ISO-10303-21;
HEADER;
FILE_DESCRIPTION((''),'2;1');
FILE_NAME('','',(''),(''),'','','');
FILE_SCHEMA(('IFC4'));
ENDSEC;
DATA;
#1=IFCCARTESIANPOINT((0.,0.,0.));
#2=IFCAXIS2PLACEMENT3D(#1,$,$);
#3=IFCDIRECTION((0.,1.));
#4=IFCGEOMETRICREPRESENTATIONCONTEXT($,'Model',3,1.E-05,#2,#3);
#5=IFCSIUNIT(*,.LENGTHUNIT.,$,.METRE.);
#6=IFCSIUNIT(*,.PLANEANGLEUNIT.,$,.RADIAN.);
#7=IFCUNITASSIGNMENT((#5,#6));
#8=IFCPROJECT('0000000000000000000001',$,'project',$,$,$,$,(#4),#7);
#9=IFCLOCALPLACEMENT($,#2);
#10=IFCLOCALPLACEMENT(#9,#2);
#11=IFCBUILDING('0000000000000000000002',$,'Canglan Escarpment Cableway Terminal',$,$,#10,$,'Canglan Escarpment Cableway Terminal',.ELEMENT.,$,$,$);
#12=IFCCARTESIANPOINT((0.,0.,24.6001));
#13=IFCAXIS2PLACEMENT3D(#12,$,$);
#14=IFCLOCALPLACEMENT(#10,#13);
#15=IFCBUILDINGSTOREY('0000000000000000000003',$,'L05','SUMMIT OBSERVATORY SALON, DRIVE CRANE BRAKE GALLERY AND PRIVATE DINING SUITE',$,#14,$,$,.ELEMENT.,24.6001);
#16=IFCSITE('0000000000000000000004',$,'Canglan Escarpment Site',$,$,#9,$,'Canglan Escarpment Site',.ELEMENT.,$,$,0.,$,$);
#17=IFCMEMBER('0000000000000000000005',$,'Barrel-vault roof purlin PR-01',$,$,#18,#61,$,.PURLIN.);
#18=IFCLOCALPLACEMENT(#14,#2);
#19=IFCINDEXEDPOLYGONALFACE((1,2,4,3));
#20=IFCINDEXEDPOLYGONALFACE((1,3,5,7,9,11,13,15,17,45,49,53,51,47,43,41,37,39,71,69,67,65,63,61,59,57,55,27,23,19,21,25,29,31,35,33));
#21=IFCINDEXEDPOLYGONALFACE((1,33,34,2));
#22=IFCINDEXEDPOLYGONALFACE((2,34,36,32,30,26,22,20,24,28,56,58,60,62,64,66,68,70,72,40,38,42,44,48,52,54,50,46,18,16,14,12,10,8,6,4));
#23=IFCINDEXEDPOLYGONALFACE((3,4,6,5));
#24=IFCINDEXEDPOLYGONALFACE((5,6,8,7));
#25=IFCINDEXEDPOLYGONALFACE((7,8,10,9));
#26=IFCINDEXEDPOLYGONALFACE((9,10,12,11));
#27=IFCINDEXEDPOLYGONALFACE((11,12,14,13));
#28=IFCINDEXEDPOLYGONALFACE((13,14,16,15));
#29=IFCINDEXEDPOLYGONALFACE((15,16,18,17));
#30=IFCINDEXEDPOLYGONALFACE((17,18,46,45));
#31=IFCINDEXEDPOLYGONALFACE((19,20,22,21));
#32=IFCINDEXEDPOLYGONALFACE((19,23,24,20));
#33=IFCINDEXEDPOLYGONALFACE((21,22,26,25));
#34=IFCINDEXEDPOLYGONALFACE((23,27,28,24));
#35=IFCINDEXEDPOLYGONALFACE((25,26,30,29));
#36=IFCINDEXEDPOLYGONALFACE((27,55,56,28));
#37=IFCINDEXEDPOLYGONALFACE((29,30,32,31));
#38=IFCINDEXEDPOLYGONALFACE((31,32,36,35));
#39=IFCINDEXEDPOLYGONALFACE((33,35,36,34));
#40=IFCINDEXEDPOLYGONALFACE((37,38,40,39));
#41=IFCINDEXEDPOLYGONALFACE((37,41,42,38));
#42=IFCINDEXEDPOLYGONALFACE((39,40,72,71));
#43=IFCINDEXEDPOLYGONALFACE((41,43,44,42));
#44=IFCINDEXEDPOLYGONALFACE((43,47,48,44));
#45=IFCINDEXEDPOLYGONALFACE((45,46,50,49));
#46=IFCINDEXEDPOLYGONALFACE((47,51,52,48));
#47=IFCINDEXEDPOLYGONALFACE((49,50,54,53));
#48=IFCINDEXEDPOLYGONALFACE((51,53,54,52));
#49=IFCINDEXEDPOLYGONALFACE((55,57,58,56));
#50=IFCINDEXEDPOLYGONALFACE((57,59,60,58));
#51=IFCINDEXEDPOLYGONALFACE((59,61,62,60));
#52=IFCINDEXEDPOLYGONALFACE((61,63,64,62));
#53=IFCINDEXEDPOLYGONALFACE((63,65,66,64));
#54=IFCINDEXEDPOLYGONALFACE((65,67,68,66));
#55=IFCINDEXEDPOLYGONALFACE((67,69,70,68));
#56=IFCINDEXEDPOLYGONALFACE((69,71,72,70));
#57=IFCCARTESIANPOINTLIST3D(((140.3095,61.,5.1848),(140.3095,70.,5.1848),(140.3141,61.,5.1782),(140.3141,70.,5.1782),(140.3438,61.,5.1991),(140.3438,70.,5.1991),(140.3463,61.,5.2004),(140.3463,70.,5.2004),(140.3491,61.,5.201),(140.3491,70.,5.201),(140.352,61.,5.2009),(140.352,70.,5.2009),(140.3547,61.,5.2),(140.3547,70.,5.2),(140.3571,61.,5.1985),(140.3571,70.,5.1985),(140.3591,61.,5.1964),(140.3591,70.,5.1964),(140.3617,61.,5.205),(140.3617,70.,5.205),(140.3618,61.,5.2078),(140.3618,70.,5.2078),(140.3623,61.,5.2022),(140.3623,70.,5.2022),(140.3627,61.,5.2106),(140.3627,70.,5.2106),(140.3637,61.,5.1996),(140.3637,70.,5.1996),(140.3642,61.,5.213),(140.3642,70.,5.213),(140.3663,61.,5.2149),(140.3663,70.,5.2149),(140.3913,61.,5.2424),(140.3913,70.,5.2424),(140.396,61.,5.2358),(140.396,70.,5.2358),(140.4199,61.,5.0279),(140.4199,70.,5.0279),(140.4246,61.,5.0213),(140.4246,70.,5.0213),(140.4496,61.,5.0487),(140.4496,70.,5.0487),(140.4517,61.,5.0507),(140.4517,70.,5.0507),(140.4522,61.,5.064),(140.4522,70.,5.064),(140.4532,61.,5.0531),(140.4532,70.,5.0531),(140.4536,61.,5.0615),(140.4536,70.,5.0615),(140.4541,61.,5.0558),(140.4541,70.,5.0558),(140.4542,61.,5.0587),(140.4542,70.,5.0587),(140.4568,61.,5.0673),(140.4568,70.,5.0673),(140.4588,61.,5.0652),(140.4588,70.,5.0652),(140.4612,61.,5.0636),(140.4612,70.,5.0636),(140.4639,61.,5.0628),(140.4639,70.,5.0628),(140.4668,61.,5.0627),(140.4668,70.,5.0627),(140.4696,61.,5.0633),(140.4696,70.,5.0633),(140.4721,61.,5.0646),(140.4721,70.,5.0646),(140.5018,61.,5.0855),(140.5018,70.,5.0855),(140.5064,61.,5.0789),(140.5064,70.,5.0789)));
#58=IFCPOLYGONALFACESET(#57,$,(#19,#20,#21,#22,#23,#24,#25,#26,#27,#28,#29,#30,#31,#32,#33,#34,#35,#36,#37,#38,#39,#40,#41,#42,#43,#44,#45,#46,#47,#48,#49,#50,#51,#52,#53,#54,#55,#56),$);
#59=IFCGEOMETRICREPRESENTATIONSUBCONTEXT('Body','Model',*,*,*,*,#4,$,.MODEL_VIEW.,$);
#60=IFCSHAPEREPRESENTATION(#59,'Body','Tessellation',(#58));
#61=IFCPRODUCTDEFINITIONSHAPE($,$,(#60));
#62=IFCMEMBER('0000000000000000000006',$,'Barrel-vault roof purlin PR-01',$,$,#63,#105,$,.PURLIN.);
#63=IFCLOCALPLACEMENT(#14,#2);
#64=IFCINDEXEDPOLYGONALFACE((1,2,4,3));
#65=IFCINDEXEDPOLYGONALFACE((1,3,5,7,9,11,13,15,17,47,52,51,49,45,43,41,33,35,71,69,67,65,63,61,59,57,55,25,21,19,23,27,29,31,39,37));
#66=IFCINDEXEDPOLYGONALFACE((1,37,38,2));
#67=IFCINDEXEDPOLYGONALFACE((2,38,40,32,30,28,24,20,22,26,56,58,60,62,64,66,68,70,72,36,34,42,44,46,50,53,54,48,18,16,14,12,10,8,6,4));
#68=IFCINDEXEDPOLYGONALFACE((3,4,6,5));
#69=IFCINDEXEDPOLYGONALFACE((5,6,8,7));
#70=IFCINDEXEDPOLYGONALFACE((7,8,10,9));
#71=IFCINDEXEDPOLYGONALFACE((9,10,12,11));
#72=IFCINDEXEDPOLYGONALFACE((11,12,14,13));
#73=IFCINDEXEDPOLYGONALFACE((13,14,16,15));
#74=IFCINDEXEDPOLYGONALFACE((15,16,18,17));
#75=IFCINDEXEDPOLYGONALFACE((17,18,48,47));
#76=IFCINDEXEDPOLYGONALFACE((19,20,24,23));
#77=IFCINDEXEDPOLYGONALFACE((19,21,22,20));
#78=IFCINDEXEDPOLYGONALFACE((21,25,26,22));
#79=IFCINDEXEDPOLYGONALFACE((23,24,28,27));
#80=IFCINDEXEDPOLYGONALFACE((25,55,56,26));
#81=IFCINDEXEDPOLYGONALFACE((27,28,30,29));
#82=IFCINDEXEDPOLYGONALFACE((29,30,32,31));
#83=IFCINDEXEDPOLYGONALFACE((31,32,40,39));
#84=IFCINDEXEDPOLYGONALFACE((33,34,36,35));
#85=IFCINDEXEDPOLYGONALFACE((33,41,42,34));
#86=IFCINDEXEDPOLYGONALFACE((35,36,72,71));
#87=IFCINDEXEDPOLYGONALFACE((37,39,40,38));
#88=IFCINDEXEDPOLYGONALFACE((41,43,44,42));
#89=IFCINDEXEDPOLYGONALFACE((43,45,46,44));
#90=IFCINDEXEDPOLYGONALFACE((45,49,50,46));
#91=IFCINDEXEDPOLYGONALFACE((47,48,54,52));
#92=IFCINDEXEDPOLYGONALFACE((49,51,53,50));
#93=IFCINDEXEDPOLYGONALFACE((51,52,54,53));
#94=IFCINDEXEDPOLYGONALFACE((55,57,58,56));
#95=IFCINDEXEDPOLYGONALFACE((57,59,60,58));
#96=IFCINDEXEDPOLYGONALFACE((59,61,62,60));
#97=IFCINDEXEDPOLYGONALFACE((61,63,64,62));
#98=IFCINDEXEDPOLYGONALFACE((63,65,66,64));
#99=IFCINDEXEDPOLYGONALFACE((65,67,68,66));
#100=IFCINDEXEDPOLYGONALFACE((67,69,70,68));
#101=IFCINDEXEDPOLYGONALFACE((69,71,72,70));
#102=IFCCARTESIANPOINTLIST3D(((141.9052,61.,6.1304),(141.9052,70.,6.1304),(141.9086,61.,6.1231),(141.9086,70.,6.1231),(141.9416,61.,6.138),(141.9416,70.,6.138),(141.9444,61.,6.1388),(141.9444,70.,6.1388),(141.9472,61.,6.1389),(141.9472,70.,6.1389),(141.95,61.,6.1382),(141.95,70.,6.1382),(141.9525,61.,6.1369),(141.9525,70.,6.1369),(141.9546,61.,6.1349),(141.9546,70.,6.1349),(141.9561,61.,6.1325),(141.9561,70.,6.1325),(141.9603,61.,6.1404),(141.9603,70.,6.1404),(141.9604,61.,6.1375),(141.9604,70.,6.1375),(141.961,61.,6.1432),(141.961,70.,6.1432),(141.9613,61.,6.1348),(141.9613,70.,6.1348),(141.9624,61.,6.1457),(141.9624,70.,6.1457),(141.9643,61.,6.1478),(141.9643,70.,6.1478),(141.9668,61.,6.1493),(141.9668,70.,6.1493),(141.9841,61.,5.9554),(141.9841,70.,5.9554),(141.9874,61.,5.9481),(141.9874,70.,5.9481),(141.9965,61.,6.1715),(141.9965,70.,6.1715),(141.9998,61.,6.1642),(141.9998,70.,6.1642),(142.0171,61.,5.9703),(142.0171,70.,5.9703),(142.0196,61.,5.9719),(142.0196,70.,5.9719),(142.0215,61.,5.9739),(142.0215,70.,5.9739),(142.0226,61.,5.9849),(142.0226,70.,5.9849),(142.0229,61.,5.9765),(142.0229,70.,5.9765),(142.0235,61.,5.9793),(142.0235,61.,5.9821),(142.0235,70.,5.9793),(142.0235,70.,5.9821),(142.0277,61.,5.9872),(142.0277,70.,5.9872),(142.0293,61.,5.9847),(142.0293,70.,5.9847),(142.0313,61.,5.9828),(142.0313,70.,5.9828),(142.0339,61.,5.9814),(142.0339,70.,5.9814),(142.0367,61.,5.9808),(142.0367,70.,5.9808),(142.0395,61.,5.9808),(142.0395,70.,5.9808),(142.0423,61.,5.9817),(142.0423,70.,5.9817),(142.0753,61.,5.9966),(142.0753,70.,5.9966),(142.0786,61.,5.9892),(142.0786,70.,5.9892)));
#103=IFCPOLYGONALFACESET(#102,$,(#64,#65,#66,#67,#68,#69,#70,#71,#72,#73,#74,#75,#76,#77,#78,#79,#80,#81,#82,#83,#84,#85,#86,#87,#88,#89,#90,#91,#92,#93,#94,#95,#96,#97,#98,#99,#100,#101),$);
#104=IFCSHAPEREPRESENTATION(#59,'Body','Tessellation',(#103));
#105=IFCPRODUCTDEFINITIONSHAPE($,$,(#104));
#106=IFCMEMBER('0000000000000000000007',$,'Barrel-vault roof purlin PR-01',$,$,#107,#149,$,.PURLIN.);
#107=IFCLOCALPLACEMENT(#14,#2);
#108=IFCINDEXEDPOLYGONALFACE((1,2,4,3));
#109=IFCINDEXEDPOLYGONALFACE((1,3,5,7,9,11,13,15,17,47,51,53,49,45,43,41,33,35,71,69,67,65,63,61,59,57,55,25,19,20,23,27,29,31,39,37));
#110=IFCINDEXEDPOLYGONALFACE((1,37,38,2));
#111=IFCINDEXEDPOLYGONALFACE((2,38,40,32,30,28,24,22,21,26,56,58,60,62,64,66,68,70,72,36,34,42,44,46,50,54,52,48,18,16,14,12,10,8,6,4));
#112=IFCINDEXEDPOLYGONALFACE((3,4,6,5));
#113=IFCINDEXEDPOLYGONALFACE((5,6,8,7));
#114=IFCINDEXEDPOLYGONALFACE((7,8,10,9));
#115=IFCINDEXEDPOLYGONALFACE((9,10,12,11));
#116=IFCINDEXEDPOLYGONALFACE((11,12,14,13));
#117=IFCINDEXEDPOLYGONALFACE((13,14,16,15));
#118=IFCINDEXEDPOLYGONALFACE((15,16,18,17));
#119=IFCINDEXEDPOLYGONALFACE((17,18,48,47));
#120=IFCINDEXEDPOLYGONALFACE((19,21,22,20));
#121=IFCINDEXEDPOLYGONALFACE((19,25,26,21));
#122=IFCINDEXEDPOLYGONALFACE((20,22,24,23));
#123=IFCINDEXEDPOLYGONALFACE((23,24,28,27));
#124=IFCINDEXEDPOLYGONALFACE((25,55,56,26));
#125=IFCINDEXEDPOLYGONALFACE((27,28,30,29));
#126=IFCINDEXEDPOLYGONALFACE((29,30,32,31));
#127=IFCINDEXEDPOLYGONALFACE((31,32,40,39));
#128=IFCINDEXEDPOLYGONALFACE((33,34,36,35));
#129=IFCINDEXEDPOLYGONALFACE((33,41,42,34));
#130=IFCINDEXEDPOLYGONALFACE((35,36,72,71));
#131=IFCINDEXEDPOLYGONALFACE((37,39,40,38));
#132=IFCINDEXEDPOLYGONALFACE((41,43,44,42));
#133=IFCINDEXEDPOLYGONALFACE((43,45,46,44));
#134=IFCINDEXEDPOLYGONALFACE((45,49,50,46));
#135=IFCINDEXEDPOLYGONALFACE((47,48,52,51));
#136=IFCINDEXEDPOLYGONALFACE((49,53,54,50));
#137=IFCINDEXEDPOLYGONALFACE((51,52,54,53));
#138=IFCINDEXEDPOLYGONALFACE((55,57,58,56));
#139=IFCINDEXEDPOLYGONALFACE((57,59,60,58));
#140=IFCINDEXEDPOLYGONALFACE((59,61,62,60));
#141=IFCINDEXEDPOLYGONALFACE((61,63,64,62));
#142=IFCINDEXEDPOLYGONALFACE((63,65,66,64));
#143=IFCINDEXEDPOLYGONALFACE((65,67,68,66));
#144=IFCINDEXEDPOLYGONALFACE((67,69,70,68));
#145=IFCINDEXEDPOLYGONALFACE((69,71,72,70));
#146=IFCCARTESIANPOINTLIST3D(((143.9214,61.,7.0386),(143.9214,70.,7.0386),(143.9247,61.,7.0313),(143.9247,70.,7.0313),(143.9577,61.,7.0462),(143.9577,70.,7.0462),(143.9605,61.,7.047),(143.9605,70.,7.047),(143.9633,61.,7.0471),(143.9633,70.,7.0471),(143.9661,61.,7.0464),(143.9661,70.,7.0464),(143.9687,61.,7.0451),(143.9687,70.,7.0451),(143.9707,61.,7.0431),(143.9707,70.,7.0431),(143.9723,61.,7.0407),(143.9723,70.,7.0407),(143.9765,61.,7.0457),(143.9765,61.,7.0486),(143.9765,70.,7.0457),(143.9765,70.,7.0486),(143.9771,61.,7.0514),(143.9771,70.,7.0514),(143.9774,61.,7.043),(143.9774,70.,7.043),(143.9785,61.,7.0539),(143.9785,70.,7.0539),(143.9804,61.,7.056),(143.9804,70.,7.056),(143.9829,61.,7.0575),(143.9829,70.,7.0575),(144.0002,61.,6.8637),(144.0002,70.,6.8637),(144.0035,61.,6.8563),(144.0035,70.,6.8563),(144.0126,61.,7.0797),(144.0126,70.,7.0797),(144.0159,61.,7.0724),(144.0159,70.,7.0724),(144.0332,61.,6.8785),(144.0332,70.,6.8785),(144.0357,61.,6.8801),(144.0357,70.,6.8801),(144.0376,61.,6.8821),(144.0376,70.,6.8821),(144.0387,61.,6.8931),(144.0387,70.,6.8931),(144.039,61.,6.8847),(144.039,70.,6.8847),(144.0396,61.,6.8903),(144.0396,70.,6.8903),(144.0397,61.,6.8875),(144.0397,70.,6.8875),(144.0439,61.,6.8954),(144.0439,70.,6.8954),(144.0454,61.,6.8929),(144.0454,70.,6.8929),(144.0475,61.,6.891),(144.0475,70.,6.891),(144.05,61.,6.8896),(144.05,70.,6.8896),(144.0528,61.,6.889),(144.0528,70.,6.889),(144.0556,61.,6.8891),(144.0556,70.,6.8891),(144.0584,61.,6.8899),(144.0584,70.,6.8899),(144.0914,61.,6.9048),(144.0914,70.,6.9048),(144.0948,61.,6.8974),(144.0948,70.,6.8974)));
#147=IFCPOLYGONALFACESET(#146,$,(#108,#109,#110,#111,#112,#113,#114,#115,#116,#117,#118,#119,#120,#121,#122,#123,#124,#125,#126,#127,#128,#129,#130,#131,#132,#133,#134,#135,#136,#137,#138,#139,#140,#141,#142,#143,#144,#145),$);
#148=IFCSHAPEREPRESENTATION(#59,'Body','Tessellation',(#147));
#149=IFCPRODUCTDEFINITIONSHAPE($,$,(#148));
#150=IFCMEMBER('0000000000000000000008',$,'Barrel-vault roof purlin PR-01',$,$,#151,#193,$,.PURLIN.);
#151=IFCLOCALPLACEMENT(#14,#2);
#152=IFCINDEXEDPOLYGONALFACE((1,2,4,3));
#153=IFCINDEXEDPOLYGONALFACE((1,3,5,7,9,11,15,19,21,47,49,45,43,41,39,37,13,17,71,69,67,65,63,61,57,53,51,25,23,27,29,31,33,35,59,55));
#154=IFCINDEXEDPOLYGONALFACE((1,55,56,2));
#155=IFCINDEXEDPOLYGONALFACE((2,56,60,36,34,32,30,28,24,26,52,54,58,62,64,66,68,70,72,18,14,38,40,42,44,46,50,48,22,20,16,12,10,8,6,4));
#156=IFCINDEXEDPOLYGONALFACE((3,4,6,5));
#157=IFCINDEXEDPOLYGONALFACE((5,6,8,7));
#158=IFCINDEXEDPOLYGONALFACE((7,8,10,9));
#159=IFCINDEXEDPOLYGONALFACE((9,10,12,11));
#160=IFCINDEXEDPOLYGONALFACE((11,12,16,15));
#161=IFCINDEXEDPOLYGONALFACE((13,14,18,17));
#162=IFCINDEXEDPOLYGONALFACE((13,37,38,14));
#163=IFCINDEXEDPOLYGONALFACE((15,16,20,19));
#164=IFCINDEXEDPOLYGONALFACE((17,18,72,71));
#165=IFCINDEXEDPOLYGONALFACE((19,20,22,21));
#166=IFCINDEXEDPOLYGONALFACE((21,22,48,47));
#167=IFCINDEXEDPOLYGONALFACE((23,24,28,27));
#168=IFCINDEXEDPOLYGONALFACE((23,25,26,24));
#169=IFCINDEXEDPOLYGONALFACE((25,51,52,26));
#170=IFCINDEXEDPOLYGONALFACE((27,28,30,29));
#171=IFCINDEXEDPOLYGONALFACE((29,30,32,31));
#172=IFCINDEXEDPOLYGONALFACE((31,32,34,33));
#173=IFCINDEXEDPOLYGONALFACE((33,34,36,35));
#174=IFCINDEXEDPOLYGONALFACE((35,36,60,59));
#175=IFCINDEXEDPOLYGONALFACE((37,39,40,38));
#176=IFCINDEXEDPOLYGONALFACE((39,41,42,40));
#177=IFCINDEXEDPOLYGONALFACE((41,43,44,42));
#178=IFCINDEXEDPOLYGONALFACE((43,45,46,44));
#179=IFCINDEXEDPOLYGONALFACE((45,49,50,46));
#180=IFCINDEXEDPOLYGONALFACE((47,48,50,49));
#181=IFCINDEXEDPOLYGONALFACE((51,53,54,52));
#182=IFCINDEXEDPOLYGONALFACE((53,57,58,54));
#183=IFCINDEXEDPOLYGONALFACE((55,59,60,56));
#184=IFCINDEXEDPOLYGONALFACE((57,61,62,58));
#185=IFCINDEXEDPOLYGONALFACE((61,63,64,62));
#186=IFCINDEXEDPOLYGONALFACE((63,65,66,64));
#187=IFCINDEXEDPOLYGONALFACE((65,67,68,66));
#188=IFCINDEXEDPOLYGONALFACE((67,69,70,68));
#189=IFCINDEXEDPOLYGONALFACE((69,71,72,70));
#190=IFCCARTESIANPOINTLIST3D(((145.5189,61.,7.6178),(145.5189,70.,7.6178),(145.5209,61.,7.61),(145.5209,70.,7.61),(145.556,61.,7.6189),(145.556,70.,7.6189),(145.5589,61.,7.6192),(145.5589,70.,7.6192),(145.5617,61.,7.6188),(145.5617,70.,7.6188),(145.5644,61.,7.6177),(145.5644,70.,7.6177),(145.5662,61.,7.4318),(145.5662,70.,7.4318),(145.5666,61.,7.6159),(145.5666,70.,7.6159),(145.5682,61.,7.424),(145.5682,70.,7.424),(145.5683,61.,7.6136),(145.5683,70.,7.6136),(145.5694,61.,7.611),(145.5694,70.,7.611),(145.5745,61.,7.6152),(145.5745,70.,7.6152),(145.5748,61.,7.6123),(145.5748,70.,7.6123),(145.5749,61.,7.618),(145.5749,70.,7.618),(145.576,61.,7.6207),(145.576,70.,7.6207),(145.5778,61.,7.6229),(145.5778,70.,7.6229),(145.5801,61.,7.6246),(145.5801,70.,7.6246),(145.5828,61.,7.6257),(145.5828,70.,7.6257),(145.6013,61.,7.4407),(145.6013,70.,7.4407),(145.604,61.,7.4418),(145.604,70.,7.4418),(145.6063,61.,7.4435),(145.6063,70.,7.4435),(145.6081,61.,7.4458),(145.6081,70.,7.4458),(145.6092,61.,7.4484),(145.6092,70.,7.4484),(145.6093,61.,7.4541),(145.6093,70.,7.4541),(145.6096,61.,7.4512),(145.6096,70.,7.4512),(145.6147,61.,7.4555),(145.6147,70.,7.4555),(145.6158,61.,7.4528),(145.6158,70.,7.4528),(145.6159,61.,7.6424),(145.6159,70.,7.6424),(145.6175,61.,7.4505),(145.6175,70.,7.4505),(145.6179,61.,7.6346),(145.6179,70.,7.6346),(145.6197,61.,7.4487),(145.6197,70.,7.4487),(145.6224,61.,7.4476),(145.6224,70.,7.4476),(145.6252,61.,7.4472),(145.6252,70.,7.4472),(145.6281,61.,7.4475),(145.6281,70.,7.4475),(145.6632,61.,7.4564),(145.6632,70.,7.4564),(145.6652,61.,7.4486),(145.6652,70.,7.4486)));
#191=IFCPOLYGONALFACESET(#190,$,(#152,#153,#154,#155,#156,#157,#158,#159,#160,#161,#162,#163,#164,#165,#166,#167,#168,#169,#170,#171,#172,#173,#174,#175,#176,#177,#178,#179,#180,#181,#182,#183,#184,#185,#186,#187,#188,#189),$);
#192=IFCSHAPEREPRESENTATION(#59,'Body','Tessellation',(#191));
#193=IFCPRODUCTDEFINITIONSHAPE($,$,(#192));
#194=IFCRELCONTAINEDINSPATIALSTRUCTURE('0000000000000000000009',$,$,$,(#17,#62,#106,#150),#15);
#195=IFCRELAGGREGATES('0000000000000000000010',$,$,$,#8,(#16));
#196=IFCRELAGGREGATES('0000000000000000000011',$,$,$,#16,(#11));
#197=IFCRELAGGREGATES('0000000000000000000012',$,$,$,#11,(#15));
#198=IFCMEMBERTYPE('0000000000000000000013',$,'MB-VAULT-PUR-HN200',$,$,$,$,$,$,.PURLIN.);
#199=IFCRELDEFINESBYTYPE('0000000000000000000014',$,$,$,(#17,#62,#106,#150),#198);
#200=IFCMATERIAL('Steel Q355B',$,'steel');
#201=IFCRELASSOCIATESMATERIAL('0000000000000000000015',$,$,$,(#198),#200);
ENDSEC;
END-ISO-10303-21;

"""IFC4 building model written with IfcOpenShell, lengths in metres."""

from ifc_helpers import new_model, si_unit, direction, frame, origin, origin_2d, place, context, subcontext, project, spatial, i_section, extrude, material, material_profile, profile_set, type_object, element, save


model = new_model("IFC4")

# Units and contexts
model_context = context("Model", 3, precision=1e-05, world=origin(), true_north=direction((0.0, 1.0)))
body_context = subcontext(model_context, "Body", "Model", "MODEL_VIEW")
ifc_project = project(units=[si_unit("LENGTHUNIT", "METRE"), si_unit("PLANEANGLEUNIT", "RADIAN")], contexts=[model_context])

# Site, building, storey
site_placement = place(None, origin())
site = spatial("IfcSite", under=ifc_project, at=site_placement, Name="Canglan Escarpment Site", LongName="Canglan Escarpment Site", CompositionType="ELEMENT", RefElevation=0.0)
building_placement = place(site_placement, origin())
building = spatial("IfcBuilding", under=site, at=building_placement, Name="Canglan Escarpment Cableway Terminal", LongName="Canglan Escarpment Cableway Terminal", CompositionType="ELEMENT")
storey_placement = place(building_placement, frame((0.0, 0.0, 24.6001)))
storey = spatial("IfcBuildingStorey", under=building, at=storey_placement, Name="L05", Description="SUMMIT OBSERVATORY SALON, DRIVE CRANE BRAKE GALLERY AND PRIVATE DINING SUITE", CompositionType="ELEMENT", Elevation=24.6001)

# Shared definitions
ifc_material_1 = material(Name="Steel Q355B", Category="steel")

# Members
ifc_material_profile_1 = material_profile(ifc_material_1, i_section(OverallWidth=0.1001, OverallDepth=0.2, WebThickness=0.0056, FlangeThickness=0.0081, FilletRadius=0.011, at=origin_2d()), Name="HN 200x100x5.5x8")
ifc_profile_set_1 = profile_set([ifc_material_profile_1], Name="Steel Q355B")
member_type_1 = type_object("IfcMemberType", Name="MB-VAULT-PUR-HN200", PredefinedType="PURLIN", material=ifc_profile_set_1)
for number, where, z_axis, x_axis, name in (
    (1, (140.408, 61.0, 5.1318), (0.0, 1.0, 0.0), (-0.817728, 0.0, -0.575605), "Barrel-vault roof purlin PR-01"),
    (2, (141.9919, 61.0, 6.0598), (0.0, 1.0, 0.0), (-0.911741, 0.0, -0.410767), "Barrel-vault roof purlin PR-01"),
    (3, (144.0081, 61.0, 6.968), (0.0, 1.0, 0.0), (-0.911741, 0.0, -0.410767), "Barrel-vault roof purlin PR-01"),
    (4, (145.592, 61.0, 7.5332), (0.0, 1.0, 0.0), (-0.969184, 0.0, -0.246339), "Barrel-vault roof purlin PR-01"),
):
    element("IfcMember", number, at=place(storey_placement, frame(where, z_axis=z_axis, x_axis=x_axis)), inside=storey, type_object=member_type_1, Name=name, PredefinedType="PURLIN", context=body_context, shape_type="SweptSolid", body=[
        extrude(i_section(OverallWidth=0.1001, OverallDepth=0.2, WebThickness=0.0056, FlangeThickness=0.0081, FilletRadius=0.011, at=origin_2d()), origin(), (0.0, 0.0, 1.0), 9.0),
    ])

save(model, "model.ifc")
